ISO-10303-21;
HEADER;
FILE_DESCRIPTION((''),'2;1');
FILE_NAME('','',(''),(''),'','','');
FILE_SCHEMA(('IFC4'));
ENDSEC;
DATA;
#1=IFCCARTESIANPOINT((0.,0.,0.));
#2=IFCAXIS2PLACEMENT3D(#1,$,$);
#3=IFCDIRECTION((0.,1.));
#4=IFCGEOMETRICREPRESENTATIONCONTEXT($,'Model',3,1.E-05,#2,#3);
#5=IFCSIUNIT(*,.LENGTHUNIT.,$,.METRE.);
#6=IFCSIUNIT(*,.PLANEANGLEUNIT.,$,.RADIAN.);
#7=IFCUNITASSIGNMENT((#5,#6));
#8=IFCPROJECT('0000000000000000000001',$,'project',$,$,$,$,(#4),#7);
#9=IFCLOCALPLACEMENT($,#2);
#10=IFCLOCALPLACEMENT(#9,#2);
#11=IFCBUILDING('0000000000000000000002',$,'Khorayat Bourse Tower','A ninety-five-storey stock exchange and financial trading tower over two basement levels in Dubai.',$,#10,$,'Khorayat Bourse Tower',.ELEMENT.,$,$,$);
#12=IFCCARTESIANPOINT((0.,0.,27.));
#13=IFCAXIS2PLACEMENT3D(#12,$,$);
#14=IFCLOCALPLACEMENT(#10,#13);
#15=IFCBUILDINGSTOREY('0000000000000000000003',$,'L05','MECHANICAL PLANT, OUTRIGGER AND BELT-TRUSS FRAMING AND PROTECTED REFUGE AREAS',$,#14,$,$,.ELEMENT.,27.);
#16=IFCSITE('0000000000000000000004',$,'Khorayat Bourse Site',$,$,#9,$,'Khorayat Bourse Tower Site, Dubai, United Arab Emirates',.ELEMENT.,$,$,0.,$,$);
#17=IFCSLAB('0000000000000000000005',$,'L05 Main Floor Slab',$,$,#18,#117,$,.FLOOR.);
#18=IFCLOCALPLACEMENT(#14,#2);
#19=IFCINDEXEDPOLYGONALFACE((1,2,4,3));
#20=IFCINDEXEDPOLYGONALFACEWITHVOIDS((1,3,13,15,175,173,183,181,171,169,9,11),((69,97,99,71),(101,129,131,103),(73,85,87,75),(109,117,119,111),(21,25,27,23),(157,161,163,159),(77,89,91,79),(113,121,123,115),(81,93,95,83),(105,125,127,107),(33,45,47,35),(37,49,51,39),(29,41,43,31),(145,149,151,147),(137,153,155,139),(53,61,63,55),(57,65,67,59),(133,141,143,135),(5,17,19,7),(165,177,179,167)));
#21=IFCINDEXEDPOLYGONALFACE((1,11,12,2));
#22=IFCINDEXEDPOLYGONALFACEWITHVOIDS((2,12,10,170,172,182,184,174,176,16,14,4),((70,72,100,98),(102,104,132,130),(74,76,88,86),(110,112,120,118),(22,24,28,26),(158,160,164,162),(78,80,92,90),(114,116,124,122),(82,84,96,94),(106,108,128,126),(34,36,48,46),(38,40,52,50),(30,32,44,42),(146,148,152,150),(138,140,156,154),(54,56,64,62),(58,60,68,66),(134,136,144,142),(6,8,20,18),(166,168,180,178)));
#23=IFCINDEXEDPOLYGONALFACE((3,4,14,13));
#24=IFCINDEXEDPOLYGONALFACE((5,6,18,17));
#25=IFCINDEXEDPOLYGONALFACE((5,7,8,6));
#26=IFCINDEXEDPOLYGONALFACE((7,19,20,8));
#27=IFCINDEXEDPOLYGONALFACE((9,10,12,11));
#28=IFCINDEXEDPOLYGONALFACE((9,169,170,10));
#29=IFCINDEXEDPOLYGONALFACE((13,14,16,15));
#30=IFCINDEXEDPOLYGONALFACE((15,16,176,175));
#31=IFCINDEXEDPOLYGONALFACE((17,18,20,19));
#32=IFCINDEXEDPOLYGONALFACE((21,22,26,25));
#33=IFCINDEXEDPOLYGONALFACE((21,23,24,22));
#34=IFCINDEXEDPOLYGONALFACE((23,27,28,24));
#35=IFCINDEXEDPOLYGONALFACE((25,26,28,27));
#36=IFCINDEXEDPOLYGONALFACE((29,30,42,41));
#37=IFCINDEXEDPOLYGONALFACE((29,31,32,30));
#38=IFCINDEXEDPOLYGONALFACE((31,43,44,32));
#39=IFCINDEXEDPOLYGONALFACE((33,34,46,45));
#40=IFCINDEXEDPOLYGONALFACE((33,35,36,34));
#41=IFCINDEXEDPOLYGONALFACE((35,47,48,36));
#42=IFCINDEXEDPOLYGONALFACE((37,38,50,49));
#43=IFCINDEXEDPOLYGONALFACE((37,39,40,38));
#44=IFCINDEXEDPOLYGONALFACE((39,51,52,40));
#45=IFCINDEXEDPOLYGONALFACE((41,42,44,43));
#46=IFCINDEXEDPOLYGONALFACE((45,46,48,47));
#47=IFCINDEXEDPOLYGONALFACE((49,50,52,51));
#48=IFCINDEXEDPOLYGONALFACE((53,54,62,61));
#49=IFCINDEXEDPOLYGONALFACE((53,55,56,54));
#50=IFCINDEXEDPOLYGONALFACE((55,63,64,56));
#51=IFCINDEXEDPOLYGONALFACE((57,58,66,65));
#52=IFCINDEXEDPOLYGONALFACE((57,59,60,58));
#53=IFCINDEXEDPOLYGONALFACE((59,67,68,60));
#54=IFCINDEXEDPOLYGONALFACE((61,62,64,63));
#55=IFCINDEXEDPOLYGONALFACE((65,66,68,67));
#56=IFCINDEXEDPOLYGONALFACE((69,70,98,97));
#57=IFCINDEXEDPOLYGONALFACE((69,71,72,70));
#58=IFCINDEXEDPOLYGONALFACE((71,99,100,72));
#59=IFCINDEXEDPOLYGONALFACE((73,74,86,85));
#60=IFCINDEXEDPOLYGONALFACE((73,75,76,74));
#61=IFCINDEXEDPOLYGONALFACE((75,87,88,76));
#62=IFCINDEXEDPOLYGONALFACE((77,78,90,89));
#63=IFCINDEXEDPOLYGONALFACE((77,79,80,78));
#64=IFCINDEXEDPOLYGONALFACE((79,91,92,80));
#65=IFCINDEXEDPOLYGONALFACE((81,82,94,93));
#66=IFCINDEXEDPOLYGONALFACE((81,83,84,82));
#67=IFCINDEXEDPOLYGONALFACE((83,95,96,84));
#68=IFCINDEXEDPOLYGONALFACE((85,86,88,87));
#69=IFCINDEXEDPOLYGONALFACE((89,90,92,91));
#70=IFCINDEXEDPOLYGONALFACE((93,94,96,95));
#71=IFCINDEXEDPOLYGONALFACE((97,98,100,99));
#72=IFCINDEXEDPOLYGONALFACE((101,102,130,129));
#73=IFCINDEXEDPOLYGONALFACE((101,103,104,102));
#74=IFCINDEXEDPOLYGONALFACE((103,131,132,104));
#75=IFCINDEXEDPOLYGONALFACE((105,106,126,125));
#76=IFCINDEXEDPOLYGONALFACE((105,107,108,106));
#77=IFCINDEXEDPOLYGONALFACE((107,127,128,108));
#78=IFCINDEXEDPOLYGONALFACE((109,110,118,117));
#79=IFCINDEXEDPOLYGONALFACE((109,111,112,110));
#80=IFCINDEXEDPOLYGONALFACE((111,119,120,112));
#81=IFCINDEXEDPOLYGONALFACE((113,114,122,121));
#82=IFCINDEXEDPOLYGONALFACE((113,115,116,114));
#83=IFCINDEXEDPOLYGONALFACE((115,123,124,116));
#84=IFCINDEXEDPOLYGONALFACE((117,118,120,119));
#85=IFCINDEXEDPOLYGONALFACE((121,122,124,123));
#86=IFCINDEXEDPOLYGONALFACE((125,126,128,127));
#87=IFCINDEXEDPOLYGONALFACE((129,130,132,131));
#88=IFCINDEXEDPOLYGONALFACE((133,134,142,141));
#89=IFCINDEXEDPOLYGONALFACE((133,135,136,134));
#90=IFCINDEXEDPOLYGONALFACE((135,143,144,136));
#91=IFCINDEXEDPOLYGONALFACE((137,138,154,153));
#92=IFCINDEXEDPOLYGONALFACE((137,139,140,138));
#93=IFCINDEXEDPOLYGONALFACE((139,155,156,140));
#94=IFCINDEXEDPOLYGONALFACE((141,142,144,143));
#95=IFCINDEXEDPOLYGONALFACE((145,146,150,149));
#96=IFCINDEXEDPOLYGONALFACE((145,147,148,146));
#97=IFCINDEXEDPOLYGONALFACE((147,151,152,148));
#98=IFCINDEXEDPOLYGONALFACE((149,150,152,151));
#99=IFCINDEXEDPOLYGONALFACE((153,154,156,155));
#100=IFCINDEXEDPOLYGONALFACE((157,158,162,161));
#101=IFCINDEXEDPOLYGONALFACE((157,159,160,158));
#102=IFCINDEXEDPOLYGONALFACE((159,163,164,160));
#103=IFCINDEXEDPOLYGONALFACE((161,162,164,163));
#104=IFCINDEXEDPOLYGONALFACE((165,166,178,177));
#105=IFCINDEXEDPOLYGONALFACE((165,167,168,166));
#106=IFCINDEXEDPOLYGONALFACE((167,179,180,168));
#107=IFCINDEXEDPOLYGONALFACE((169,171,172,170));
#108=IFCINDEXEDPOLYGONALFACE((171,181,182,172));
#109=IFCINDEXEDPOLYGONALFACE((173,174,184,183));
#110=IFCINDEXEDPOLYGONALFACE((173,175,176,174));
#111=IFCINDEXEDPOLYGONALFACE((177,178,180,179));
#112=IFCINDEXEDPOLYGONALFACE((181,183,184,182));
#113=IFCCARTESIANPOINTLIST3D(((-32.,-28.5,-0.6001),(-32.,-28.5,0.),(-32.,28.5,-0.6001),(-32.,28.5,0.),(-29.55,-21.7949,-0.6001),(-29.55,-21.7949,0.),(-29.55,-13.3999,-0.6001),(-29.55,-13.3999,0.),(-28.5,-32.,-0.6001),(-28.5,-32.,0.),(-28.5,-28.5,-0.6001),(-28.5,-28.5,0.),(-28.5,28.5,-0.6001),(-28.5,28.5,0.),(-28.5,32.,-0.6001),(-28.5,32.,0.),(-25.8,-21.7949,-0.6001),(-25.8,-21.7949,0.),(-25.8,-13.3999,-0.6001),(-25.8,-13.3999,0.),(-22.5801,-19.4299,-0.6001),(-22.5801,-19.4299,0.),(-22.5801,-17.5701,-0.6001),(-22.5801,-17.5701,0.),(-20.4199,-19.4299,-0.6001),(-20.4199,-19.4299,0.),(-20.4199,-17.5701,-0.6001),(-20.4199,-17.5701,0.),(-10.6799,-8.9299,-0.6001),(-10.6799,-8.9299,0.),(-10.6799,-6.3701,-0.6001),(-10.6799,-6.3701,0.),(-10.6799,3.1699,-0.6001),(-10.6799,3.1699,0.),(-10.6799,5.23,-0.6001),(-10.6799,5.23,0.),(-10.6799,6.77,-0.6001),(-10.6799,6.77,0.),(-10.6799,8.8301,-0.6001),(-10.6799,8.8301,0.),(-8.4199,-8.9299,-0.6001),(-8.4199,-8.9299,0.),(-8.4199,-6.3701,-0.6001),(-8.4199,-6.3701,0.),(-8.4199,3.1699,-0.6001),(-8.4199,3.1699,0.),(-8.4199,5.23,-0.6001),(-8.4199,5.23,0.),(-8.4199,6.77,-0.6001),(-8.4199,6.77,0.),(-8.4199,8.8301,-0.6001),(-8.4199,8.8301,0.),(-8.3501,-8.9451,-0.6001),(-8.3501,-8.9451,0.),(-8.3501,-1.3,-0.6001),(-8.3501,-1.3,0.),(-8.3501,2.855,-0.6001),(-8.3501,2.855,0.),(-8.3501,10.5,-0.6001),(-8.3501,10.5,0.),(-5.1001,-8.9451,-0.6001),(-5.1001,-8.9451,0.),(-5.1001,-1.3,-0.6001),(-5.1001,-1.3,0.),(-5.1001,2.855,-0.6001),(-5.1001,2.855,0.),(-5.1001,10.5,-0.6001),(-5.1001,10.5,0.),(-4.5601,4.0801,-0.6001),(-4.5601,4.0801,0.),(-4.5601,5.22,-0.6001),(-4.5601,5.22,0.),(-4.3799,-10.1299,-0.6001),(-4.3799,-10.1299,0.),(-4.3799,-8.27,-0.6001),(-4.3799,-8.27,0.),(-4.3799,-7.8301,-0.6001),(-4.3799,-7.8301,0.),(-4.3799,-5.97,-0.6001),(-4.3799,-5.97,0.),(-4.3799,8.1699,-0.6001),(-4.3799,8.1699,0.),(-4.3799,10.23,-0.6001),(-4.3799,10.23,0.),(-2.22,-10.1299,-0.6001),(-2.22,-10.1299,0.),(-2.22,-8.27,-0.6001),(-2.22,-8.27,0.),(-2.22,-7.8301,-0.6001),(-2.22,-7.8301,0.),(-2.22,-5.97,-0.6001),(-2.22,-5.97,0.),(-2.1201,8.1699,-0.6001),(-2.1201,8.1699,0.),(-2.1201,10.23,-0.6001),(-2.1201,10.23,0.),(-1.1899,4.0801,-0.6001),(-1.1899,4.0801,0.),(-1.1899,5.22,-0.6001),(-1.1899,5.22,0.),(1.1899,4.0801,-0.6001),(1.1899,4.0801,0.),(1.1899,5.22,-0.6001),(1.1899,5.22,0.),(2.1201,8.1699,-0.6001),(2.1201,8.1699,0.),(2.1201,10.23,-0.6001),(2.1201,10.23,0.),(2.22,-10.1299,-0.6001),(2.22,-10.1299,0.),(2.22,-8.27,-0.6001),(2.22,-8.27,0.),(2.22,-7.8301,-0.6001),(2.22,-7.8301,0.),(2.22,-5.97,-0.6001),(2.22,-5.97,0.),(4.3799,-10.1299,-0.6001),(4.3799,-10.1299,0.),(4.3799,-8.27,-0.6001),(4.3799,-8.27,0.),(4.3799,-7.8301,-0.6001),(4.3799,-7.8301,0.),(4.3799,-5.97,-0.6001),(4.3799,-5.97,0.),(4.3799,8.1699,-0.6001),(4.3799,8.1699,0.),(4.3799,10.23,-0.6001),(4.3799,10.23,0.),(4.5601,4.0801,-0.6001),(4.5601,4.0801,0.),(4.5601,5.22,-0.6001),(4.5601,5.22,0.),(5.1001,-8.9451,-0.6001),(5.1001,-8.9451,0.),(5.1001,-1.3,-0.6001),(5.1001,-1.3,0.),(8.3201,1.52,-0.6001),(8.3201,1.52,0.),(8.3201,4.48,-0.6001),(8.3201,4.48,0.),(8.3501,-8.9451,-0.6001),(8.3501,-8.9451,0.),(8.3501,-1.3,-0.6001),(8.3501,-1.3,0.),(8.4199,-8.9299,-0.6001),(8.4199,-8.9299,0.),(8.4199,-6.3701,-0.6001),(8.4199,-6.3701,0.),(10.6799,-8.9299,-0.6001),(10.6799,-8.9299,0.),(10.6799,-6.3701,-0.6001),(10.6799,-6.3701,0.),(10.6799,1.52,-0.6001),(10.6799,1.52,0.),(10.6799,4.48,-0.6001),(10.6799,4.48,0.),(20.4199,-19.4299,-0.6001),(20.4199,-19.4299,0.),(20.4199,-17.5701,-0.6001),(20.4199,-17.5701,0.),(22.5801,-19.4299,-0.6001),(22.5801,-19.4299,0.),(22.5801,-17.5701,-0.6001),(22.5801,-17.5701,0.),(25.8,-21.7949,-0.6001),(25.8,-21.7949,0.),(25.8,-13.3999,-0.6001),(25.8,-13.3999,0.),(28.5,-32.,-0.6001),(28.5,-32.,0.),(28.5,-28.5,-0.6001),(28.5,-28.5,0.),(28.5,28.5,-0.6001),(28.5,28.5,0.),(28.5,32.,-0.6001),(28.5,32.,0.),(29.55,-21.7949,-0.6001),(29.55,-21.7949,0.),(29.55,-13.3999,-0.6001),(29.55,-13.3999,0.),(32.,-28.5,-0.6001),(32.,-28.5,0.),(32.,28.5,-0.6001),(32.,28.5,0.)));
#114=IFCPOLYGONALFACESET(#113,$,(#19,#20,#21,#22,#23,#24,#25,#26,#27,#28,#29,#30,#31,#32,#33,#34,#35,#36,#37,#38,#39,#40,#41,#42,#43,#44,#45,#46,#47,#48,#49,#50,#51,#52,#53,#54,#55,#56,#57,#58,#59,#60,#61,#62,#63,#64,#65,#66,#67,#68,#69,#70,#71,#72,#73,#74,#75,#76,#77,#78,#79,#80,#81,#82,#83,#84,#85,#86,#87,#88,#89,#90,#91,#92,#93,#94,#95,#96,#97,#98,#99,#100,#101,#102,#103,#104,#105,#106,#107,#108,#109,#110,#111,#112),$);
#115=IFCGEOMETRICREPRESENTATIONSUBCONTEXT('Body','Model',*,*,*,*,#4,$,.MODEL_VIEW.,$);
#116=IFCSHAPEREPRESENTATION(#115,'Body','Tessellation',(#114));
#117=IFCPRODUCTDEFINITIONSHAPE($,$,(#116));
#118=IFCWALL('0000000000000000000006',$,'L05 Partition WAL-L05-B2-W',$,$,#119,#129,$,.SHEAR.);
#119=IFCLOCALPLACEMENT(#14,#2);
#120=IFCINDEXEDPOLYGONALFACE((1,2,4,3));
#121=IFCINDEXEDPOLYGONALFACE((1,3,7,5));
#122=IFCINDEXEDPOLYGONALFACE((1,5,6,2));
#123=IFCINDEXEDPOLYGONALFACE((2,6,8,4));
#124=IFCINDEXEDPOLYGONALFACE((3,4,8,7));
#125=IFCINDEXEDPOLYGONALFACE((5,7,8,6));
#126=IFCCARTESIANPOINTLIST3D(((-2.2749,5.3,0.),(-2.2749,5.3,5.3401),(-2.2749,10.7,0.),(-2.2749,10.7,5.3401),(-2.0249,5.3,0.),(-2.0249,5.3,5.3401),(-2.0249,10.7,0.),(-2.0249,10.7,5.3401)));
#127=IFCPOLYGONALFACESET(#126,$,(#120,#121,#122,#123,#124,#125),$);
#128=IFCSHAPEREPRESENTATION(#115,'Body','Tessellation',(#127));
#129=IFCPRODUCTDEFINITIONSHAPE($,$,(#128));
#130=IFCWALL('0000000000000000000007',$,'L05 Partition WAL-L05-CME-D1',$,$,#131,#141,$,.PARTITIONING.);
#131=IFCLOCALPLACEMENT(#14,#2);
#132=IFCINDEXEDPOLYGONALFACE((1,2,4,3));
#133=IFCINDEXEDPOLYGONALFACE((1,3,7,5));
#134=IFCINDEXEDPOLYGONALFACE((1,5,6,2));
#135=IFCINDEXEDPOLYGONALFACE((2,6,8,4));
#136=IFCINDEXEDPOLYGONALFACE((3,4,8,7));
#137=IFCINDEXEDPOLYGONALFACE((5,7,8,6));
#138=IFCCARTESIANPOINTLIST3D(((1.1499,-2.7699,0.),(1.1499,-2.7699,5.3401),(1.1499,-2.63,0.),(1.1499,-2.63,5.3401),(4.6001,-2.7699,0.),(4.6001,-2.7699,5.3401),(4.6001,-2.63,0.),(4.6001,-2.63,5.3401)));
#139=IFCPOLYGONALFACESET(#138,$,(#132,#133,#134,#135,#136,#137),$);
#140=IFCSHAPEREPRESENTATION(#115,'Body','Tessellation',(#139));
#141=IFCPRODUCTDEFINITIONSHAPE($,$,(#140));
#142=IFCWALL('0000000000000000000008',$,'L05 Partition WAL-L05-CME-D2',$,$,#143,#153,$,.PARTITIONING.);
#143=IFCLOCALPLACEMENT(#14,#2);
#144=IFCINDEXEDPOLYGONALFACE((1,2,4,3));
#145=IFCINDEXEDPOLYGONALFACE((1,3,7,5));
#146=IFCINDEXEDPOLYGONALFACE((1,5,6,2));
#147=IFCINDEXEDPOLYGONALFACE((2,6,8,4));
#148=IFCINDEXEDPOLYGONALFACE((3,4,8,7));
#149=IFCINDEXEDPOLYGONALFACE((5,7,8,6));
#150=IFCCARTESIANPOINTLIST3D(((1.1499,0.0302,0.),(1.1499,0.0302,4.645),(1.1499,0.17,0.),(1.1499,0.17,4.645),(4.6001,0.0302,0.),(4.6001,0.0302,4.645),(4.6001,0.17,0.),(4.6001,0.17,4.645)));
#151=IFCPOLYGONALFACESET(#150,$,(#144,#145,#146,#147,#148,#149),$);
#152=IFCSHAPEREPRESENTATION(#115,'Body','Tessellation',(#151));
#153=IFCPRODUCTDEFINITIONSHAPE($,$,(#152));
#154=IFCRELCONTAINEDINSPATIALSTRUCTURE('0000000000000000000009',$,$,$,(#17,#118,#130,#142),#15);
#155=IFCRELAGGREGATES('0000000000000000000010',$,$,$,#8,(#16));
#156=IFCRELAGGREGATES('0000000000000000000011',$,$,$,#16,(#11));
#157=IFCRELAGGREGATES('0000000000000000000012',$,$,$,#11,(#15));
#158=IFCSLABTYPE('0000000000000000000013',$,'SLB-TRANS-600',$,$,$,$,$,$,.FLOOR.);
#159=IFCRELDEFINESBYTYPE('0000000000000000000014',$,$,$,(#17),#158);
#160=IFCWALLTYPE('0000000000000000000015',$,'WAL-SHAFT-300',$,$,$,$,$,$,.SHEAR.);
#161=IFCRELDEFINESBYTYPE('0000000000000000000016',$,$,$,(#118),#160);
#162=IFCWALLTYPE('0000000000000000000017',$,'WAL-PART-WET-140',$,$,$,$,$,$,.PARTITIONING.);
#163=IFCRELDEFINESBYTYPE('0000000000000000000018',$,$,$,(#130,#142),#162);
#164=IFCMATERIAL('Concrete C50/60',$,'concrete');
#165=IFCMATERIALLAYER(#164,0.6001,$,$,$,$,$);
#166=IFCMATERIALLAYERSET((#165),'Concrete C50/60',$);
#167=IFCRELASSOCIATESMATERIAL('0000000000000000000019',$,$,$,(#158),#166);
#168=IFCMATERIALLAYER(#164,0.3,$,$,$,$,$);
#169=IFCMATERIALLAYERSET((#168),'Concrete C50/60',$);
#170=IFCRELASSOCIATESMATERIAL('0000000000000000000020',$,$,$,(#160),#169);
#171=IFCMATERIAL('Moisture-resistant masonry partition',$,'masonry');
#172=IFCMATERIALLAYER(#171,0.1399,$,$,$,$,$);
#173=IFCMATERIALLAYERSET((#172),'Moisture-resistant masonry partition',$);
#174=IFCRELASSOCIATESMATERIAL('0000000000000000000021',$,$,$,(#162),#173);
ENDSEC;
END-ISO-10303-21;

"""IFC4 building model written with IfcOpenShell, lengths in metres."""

from ifc_helpers import new_model, si_unit, direction, frame, frame_2d, origin, place, context, subcontext, project, spatial, polyline, rectangle, outline, extrude, source, transform, mapped, material, layer, layer_set, type_object, element, save


model = new_model("IFC4")

# Units and contexts
model_context = context("Model", 3, precision=1e-05, world=origin(), true_north=direction((0.0, 1.0)))
body_context = subcontext(model_context, "Body", "Model", "MODEL_VIEW")
ifc_project = project(units=[si_unit("LENGTHUNIT", "METRE"), si_unit("PLANEANGLEUNIT", "RADIAN")], contexts=[model_context])

# Site, building, storey
site_placement = place(None, origin())
site = spatial("IfcSite", under=ifc_project, at=site_placement, Name="Khorayat Bourse Site", LongName="Khorayat Bourse Tower Site, Dubai, United Arab Emirates", CompositionType="ELEMENT", RefElevation=0.0)
building_placement = place(site_placement, origin())
building = spatial("IfcBuilding", under=site, at=building_placement, Name="Khorayat Bourse Tower", Description="A ninety-five-storey stock exchange and financial trading tower over two basement levels in Dubai.", LongName="Khorayat Bourse Tower", CompositionType="ELEMENT")
storey_placement = place(building_placement, frame((0.0, 0.0, 27.0)))
storey = spatial("IfcBuildingStorey", under=building, at=storey_placement, Name="L05", Description="MECHANICAL PLANT, OUTRIGGER AND BELT-TRUSS FRAMING AND PROTECTED REFUGE AREAS", CompositionType="ELEMENT", Elevation=27.0)

# Slab
ifc_material_1 = material(Name="Concrete C50/60", Category="concrete")
ifc_layer_1 = layer(ifc_material_1, 0.6001)
ifc_layer_set_1 = layer_set([ifc_layer_1], Name="Concrete C50/60")
slab_type_1 = type_object("IfcSlabType", Name="SLB-TRANS-600", PredefinedType="FLOOR", material=ifc_layer_set_1)
slab_1_placement = place(storey_placement, frame((0.0, 0.0, -0.6001)))
element("IfcSlab", 1, at=slab_1_placement, inside=storey, type_object=slab_type_1, Name="L05 Main Floor Slab", PredefinedType="FLOOR", context=body_context, shape_type="SweptSolid", body=[
    extrude(outline(polyline([(-28.5, -32.0), (28.5, -32.0), (28.5, -28.5), (32.0, -28.5), (32.0, 28.5), (28.5, 28.5), (28.5, 32.0), (-28.5, 32.0), (-28.5, 28.5), (-32.0, 28.5), (-32.0, -28.5), (-28.5, -28.5), (-28.5, -32.0)]), holes=[polyline([(-8.3501, -8.9451), (-5.1001, -8.9451), (-5.1001, -1.3), (-8.3501, -1.3), (-8.3501, -8.9451)]), polyline([(-8.3501, 2.855), (-5.1001, 2.855), (-5.1001, 10.5), (-8.3501, 10.5), (-8.3501, 2.855)]), polyline([(5.1001, -8.9451), (8.3501, -8.9451), (8.3501, -1.3), (5.1001, -1.3), (5.1001, -8.9451)]), polyline([(-29.55, -21.7949), (-25.8, -21.7949), (-25.8, -13.3999), (-29.55, -13.3999), (-29.55, -21.7949)]), polyline([(25.8, -21.7949), (29.55, -21.7949), (29.55, -13.3999), (25.8, -13.3999), (25.8, -21.7949)]), polyline([(-4.3799, -10.1299), (-2.22, -10.1299), (-2.22, -8.27), (-4.3799, -8.27), (-4.3799, -10.1299)]), polyline([(2.22, -10.1299), (4.3799, -10.1299), (4.3799, -8.27), (2.22, -8.27), (2.22, -10.1299)]), polyline([(-4.3799, -7.8301), (-2.22, -7.8301), (-2.22, -5.97), (-4.3799, -5.97), (-4.3799, -7.8301)]), polyline([(2.22, -7.8301), (4.3799, -7.8301), (4.3799, -5.97), (2.22, -5.97), (2.22, -7.8301)]), polyline([(-4.3799, 8.1699), (-2.1201, 8.1699), (-2.1201, 10.23), (-4.3799, 10.23), (-4.3799, 8.1699)]), polyline([(2.1201, 8.1699), (4.3799, 8.1699), (4.3799, 10.23), (2.1201, 10.23), (2.1201, 8.1699)]), polyline([(-10.6799, 3.1699), (-8.4199, 3.1699), (-8.4199, 5.23), (-10.6799, 5.23), (-10.6799, 3.1699)]), polyline([(-10.6799, 6.77), (-8.4199, 6.77), (-8.4199, 8.8301), (-10.6799, 8.8301), (-10.6799, 6.77)]), polyline([(-22.5801, -19.4299), (-20.4199, -19.4299), (-20.4199, -17.5701), (-22.5801, -17.5701), (-22.5801, -19.4299)]), polyline([(20.4199, -19.4299), (22.5801, -19.4299), (22.5801, -17.5701), (20.4199, -17.5701), (20.4199, -19.4299)]), polyline([(-10.6799, -8.9299), (-8.4199, -8.9299), (-8.4199, -6.3701), (-10.6799, -6.3701), (-10.6799, -8.9299)]), polyline([(8.4199, -8.9299), (10.6799, -8.9299), (10.6799, -6.3701), (8.4199, -6.3701), (8.4199, -8.9299)]), polyline([(8.3201, 1.52), (10.6799, 1.52), (10.6799, 4.48), (8.3201, 4.48), (8.3201, 1.52)]), polyline([(-4.5601, 4.0801), (-1.1899, 4.0801), (-1.1899, 5.22), (-4.5601, 5.22), (-4.5601, 4.0801)]), polyline([(1.1899, 4.0801), (4.5601, 4.0801), (4.5601, 5.22), (1.1899, 5.22), (1.1899, 4.0801)])]), origin(), (0.0, 0.0, 1.0), 0.6001),
])

# Walls
ifc_layer_2 = layer(ifc_material_1, 0.3)
ifc_layer_set_2 = layer_set([ifc_layer_2], Name="Concrete C50/60")
wall_type_1 = type_object("IfcWallType", Name="WAL-SHAFT-300", PredefinedType="SHEAR", material=ifc_layer_set_2)
shared_shape_1 = source(origin(), body_context, "Body", "SweptSolid", [
    extrude(rectangle(XDim=5.3999, YDim=0.25, at=frame_2d((2.7, 0.0))), origin(), (0.0, 0.0, 1.0), 5.3401),
])
wall_1_placement = place(storey_placement, frame((-2.1499, 5.3, 0.0), z_axis=(0.0, 0.0, 1.0), x_axis=(0.0, 1.0, 0.0)))
element("IfcWall", 2, at=wall_1_placement, inside=storey, type_object=wall_type_1, Name="L05 Partition WAL-L05-B2-W", PredefinedType="SHEAR", context=body_context, shape_type="MappedRepresentation", body=[
    mapped(shared_shape_1, transform((0.0, 0.0, 0.0), scale=1.0)),
])
ifc_material_2 = material(Name="Moisture-resistant masonry partition", Category="masonry")
ifc_layer_3 = layer(ifc_material_2, 0.1399)
ifc_layer_set_3 = layer_set([ifc_layer_3], Name="Moisture-resistant masonry partition")
wall_type_2 = type_object("IfcWallType", Name="WAL-PART-WET-140", PredefinedType="PARTITIONING", material=ifc_layer_set_3)
shared_shape_2 = source(origin(), body_context, "Body", "SweptSolid", [
    extrude(rectangle(XDim=3.4502, YDim=0.1399, at=frame_2d((1.7251, 0.0))), origin(), (0.0, 0.0, 1.0), 5.3401),
])
wall_2_placement = place(storey_placement, frame((1.1499, -2.7, 0.0), z_axis=(0.0, 0.0, 1.0), x_axis=(1.0, 0.0, 0.0)))
element("IfcWall", 3, at=wall_2_placement, inside=storey, type_object=wall_type_2, Name="L05 Partition WAL-L05-CME-D1", PredefinedType="PARTITIONING", context=body_context, shape_type="MappedRepresentation", body=[
    mapped(shared_shape_2, transform((0.0, 0.0, 0.0), scale=1.0)),
])
shared_shape_3 = source(origin(), body_context, "Body", "SweptSolid", [
    extrude(rectangle(XDim=3.4502, YDim=0.1399, at=frame_2d((1.7251, 0.0))), origin(), (0.0, 0.0, 1.0), 4.645),
])
wall_3_placement = place(storey_placement, frame((1.1499, 0.1001, 0.0), z_axis=(0.0, 0.0, 1.0), x_axis=(1.0, 0.0, 0.0)))
element("IfcWall", 4, at=wall_3_placement, inside=storey, type_object=wall_type_2, Name="L05 Partition WAL-L05-CME-D2", PredefinedType="PARTITIONING", context=body_context, shape_type="MappedRepresentation", body=[
    mapped(shared_shape_3, transform((0.0, 0.0, 0.0), scale=1.0)),
])

save(model, "model.ifc")
